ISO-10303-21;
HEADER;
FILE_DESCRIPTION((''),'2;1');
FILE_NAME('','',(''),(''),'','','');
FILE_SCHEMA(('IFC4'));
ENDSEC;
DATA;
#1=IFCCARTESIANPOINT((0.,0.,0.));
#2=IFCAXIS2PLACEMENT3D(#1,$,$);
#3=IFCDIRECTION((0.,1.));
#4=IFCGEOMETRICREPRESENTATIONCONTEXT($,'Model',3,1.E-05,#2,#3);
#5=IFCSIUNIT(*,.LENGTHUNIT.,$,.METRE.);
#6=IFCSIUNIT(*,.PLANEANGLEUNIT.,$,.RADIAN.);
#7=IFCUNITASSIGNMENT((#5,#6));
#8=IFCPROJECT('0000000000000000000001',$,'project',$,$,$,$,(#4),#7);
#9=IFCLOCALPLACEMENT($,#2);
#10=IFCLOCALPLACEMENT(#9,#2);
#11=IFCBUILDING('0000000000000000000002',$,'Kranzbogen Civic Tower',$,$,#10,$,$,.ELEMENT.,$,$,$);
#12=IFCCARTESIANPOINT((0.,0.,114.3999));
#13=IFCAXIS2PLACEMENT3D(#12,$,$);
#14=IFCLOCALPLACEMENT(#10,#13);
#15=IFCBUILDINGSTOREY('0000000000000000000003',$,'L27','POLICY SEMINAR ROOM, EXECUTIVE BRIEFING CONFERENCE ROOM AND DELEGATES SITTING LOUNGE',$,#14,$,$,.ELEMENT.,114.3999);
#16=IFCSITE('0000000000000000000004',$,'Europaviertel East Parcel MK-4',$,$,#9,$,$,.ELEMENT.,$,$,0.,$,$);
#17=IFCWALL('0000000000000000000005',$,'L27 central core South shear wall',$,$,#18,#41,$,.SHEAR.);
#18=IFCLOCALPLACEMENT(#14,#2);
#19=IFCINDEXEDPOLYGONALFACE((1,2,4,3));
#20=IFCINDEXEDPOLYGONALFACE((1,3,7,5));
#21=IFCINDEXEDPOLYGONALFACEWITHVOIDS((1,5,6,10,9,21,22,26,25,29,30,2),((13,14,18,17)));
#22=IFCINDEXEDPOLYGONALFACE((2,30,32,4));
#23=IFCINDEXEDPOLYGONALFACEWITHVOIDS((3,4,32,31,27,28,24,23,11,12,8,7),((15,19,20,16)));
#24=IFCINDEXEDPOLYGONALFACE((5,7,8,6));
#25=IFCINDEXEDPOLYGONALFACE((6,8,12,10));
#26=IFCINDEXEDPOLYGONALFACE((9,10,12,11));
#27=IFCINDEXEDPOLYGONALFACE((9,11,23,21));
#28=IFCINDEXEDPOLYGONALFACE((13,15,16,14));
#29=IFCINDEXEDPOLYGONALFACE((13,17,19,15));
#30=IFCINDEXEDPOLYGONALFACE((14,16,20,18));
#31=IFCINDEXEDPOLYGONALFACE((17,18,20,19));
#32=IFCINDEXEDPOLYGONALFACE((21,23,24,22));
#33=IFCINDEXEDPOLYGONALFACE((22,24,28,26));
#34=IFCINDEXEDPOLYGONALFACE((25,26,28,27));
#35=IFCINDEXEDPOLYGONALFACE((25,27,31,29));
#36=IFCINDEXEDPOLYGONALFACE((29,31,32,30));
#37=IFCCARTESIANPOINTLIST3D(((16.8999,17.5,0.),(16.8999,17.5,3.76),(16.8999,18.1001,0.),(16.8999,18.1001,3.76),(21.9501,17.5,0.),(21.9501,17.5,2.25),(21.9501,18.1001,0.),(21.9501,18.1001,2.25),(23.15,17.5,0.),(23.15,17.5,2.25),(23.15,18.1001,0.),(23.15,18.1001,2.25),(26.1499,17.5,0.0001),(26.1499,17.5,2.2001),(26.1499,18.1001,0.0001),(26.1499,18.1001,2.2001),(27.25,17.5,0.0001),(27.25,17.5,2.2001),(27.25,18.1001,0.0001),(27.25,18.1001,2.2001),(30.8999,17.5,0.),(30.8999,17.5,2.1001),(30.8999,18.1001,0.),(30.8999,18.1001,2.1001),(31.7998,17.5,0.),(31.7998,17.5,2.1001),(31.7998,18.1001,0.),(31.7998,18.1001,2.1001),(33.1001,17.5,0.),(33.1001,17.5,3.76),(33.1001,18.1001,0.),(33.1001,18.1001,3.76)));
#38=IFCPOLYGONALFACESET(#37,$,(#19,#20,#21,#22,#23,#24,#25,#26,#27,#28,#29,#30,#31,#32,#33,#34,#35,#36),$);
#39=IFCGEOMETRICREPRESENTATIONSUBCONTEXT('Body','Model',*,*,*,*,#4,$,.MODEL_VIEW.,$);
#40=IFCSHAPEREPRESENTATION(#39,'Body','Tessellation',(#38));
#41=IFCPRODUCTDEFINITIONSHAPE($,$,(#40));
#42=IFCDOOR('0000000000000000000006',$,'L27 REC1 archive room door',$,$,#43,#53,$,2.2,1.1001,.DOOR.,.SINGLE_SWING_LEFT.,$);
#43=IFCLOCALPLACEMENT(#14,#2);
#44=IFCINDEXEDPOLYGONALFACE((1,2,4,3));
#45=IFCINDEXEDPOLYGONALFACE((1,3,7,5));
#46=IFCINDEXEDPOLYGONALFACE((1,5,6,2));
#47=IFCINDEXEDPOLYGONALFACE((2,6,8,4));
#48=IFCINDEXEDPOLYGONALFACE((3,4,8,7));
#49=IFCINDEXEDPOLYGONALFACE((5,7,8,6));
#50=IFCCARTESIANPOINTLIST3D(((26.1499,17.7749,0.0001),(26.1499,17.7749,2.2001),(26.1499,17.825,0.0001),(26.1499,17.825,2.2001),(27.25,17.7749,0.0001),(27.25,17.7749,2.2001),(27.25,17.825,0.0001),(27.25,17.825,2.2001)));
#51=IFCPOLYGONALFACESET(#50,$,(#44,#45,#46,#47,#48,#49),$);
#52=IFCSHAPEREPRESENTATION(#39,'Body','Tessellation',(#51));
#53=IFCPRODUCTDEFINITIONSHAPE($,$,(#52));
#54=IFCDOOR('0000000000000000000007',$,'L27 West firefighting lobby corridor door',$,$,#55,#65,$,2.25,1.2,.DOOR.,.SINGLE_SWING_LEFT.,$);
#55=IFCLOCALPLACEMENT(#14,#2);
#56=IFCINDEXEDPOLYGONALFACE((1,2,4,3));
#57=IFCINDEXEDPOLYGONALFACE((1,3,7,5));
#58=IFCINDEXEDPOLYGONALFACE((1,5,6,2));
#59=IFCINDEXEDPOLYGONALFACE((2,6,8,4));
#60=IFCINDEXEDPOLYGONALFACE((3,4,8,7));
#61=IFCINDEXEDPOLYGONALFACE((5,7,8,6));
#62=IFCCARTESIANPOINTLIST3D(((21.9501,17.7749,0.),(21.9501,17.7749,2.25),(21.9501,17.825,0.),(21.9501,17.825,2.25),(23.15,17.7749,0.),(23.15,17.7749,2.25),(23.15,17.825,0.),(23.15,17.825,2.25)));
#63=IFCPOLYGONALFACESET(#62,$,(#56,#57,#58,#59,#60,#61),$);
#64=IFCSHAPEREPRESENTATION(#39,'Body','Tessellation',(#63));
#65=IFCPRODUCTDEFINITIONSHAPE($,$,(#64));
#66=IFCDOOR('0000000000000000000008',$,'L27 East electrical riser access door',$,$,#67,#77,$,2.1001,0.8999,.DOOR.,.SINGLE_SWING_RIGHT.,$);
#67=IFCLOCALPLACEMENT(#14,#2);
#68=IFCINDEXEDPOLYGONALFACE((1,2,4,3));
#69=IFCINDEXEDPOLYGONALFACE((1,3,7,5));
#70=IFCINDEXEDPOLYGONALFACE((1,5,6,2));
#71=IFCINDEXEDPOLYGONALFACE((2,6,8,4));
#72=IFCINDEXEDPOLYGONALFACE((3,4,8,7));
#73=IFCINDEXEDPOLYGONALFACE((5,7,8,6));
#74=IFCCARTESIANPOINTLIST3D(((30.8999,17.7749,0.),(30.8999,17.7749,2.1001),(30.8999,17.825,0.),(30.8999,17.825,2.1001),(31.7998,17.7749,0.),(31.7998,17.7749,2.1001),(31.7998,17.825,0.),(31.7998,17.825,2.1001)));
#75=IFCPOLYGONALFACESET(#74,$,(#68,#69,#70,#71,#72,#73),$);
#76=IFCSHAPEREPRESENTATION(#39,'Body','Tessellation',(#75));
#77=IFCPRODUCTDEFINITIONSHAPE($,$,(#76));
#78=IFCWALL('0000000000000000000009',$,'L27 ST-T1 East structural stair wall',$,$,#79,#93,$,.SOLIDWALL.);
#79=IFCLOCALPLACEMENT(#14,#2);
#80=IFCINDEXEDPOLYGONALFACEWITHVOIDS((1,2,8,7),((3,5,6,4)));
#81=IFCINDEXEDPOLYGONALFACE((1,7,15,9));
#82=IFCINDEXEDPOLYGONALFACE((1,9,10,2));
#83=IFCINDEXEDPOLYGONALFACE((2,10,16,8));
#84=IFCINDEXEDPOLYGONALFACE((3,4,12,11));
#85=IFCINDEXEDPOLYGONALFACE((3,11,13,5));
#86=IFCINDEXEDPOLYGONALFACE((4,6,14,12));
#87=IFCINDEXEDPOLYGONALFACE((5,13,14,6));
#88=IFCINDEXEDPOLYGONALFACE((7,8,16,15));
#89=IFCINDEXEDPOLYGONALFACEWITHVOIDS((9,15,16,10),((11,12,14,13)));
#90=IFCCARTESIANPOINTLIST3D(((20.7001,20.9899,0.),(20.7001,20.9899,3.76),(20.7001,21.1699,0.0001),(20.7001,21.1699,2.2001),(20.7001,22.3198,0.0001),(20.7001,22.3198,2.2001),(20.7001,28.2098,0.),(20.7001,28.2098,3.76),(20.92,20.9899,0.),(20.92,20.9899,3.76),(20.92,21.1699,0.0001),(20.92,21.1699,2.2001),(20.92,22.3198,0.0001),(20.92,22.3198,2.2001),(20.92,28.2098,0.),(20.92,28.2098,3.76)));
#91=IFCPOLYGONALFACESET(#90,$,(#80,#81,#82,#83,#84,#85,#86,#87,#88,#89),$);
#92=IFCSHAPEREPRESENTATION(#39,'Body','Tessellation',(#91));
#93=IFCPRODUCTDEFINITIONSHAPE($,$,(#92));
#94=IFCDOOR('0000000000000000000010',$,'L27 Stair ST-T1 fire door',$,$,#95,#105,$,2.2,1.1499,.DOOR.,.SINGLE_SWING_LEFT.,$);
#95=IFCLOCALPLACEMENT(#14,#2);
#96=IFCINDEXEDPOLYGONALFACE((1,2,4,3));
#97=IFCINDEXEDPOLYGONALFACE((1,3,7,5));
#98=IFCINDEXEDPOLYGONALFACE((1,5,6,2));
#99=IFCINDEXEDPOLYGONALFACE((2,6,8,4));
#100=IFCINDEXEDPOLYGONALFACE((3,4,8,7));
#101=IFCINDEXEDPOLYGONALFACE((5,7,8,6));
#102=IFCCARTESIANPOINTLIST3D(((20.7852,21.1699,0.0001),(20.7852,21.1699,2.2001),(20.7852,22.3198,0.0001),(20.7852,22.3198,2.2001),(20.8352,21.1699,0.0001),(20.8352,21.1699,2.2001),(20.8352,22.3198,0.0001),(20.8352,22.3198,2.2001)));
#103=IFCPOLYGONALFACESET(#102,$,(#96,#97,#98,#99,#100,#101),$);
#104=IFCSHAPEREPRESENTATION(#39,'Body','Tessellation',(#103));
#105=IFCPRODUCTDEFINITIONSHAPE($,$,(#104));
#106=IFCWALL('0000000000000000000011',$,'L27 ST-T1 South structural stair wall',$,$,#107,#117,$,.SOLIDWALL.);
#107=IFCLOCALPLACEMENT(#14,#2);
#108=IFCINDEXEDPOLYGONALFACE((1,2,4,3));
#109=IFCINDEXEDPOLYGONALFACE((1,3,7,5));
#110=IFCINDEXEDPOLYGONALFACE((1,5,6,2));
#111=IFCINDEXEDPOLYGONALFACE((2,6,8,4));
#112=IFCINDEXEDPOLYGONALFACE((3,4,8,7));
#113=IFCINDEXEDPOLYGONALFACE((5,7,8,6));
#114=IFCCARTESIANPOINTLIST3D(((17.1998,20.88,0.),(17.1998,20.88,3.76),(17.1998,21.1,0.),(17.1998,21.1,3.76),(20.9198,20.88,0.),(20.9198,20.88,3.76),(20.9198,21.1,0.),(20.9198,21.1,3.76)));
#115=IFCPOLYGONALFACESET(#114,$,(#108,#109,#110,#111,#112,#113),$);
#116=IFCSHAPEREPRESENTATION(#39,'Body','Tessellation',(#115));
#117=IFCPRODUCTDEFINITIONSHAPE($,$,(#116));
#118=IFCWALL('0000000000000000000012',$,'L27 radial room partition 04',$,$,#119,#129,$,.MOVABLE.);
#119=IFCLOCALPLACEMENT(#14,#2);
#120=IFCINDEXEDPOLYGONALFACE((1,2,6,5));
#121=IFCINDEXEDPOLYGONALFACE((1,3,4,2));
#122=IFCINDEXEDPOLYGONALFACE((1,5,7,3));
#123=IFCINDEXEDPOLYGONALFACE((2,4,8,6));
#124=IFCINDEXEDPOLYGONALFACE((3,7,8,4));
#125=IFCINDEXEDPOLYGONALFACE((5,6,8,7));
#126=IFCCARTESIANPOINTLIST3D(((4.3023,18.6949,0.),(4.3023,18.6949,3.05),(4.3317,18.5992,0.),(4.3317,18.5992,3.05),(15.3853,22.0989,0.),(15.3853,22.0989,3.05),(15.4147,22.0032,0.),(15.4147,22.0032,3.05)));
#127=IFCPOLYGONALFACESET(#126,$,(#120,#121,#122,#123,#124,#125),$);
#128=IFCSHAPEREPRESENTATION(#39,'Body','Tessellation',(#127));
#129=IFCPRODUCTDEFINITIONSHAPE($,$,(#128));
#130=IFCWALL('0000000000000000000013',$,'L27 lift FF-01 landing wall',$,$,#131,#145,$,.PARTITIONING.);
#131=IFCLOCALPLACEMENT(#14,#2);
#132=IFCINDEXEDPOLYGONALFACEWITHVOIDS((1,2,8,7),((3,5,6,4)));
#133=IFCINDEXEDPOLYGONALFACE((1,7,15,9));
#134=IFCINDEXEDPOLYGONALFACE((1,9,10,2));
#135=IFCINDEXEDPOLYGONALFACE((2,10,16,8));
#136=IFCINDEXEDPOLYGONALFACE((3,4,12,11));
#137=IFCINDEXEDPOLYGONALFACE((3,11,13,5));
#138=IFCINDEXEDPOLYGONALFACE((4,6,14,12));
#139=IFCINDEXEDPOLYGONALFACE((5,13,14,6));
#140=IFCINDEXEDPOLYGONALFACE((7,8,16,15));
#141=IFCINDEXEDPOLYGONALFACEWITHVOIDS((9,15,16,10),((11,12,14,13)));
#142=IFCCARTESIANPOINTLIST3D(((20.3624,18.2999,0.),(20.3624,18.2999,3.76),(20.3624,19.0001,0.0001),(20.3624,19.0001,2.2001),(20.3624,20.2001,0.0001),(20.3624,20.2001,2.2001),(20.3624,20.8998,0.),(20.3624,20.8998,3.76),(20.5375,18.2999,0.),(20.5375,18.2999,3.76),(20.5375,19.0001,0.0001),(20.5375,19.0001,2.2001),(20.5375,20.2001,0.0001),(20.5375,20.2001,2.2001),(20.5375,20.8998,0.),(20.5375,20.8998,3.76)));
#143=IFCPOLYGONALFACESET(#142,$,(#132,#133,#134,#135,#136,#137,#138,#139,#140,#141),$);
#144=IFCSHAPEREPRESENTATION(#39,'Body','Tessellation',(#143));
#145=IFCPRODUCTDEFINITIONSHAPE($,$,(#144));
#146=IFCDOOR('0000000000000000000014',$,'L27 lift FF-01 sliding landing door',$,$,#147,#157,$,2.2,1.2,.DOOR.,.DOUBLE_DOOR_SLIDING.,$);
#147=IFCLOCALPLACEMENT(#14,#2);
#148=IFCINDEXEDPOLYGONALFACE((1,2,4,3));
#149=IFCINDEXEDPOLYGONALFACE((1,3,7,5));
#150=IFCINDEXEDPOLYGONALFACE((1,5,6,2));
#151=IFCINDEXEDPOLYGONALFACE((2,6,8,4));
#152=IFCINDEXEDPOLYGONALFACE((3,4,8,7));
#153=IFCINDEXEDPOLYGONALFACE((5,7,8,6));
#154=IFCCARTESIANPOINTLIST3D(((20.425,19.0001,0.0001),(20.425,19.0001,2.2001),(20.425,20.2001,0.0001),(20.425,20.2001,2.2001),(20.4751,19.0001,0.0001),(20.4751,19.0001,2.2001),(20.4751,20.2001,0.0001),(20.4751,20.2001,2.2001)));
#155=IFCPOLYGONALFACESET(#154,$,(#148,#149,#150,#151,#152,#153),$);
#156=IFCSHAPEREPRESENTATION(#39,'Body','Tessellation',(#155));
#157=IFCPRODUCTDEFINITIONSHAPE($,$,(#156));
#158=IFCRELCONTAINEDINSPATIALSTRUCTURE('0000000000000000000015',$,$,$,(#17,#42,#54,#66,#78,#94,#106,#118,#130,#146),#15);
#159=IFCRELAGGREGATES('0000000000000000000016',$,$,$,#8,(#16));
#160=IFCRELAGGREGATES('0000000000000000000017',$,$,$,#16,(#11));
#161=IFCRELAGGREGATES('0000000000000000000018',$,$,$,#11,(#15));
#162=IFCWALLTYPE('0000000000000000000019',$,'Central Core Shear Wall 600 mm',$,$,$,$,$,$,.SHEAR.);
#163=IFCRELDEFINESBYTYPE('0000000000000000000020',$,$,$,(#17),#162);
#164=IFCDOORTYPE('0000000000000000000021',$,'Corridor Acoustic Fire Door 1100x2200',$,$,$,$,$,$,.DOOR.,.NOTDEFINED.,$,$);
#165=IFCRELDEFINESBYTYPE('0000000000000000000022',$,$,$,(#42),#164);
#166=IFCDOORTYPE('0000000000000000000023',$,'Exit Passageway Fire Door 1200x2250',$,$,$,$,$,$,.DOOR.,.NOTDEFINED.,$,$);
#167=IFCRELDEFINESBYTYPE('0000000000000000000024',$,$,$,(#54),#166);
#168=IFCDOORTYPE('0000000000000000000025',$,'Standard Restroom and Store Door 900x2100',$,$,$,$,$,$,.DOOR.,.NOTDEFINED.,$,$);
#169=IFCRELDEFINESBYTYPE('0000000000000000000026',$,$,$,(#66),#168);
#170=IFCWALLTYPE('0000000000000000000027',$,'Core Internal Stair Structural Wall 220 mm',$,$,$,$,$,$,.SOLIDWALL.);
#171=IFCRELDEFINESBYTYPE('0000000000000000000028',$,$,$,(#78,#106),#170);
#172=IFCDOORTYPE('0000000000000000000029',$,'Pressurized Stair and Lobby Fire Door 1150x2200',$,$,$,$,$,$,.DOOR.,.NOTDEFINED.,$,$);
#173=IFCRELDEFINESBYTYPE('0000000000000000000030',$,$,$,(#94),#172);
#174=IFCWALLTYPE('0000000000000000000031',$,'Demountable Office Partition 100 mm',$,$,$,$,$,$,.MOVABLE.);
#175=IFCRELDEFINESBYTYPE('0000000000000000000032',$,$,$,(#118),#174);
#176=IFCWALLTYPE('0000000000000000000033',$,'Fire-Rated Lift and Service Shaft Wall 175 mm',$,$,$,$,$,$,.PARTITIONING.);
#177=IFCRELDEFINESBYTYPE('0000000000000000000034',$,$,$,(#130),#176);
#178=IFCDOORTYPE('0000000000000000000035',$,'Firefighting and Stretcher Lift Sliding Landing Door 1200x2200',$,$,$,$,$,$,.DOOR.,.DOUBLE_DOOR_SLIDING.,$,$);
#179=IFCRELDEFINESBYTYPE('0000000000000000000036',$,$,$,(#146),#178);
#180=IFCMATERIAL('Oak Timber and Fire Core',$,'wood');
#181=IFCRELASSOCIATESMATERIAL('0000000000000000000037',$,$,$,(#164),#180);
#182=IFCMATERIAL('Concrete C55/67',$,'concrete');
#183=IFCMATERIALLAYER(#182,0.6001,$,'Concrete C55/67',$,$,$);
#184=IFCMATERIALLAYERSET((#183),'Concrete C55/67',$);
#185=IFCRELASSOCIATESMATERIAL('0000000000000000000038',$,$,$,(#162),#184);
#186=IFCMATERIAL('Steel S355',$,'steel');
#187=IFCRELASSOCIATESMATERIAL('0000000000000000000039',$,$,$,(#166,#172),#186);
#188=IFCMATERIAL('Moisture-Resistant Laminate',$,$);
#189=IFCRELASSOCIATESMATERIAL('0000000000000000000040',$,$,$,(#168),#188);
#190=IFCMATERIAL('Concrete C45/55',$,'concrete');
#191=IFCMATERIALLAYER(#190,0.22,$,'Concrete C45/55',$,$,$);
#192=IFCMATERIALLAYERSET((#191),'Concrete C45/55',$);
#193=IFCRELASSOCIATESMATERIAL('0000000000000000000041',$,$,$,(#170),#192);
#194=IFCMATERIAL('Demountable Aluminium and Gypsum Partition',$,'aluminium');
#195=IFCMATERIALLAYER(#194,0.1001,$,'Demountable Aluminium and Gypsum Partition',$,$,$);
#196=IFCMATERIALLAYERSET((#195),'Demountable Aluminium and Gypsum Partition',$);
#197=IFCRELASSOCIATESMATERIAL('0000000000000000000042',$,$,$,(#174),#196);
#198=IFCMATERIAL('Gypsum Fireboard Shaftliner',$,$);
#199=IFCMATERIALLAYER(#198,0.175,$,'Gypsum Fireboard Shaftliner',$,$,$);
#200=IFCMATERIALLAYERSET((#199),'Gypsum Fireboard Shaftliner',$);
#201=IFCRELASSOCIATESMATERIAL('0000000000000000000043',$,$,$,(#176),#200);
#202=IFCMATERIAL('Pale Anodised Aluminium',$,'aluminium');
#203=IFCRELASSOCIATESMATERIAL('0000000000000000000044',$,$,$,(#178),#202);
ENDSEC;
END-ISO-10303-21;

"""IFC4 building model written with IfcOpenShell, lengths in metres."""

from ifc_helpers import new_model, si_unit, direction, frame, frame_2d, origin, place, context, subcontext, project, spatial, rectangle, extrude, material, layer, layer_set, type_object, element, fill, save


model = new_model("IFC4")

# Units and contexts
model_context = context("Model", 3, precision=1e-05, world=origin(), true_north=direction((0.0, 1.0)))
body_context = subcontext(model_context, "Body", "Model", "MODEL_VIEW")
ifc_project = project(units=[si_unit("LENGTHUNIT", "METRE"), si_unit("PLANEANGLEUNIT", "RADIAN")], contexts=[model_context])

# Site, building, storey
site_placement = place(None, origin())
site = spatial("IfcSite", under=ifc_project, at=site_placement, Name="Europaviertel East Parcel MK-4", CompositionType="ELEMENT", RefElevation=0.0)
building_placement = place(site_placement, origin())
building = spatial("IfcBuilding", under=site, at=building_placement, Name="Kranzbogen Civic Tower", CompositionType="ELEMENT")
storey_placement = place(building_placement, frame((0.0, 0.0, 114.3999)))
storey = spatial("IfcBuildingStorey", under=building, at=storey_placement, Name="L27", Description="POLICY SEMINAR ROOM, EXECUTIVE BRIEFING CONFERENCE ROOM AND DELEGATES SITTING LOUNGE", CompositionType="ELEMENT", Elevation=114.3999)

# Shared definitions
ifc_material_1 = material(Name="Steel S355", Category="steel")

# Shared definitions
ifc_material_2 = material(Name="Oak Timber and Fire Core", Category="wood")
door_type_1 = type_object("IfcDoorType", Name="Corridor Acoustic Fire Door 1100x2200", OperationType="NOTDEFINED", PredefinedType="DOOR", material=ifc_material_2)

# Wall, openings, doors
ifc_material_3 = material(Name="Concrete C55/67", Category="concrete")
ifc_layer_1 = layer(ifc_material_3, 0.6001, Name="Concrete C55/67")
ifc_layer_set_1 = layer_set([ifc_layer_1], Name="Concrete C55/67")
wall_type_1 = type_object("IfcWallType", Name="Central Core Shear Wall 600 mm", PredefinedType="SHEAR", material=ifc_layer_set_1)
wall_1_placement = place(storey_placement, frame((16.8999, 17.8, 0.0), z_axis=(0.0, 0.0, 1.0), x_axis=(1.0, 0.0, 0.0)))
wall_1 = element("IfcWall", 1, at=wall_1_placement, inside=storey, type_object=wall_type_1, Name="L27 central core South shear wall", PredefinedType="SHEAR", context=body_context, shape_type="SweptSolid", body=[
    extrude(rectangle(XDim=16.2002, YDim=0.6001, at=frame_2d((8.1001, 0.0))), origin(), (0.0, 0.0, 1.0), 3.76),
])
opening_1_placement = place(wall_1_placement, frame((5.05, 0.0, 0.0)))
opening_1 = element("IfcOpeningElement", 2, at=opening_1_placement, cuts=wall_1, PredefinedType="OPENING", context=body_context, shape_type="SweptSolid", body=[
    extrude(rectangle(XDim=1.2, YDim=2.25, at=frame_2d((0.6001, 1.125))), frame((0.0, 0.3101, 0.0), z_axis=(0.0, -1.0, 0.0), x_axis=(1.0, 0.0, 0.0)), (0.0, 0.0, 1.0), 0.6201),
])
opening_2_placement = place(wall_1_placement, frame((14.0, 0.0, 0.0)))
opening_2 = element("IfcOpeningElement", 3, at=opening_2_placement, cuts=wall_1, PredefinedType="OPENING", context=body_context, shape_type="SweptSolid", body=[
    extrude(rectangle(XDim=0.8999, YDim=2.1001, at=frame_2d((0.45, 1.05))), frame((0.0, 0.3101, 0.0), z_axis=(0.0, -1.0, 0.0), x_axis=(1.0, 0.0, 0.0)), (0.0, 0.0, 1.0), 0.6201),
])
opening_3_placement = place(wall_1_placement, frame((9.25, 0.0, 0.0)))
opening_3 = element("IfcOpeningElement", 4, at=opening_3_placement, cuts=wall_1, PredefinedType="OPENING", context=body_context, shape_type="SweptSolid", body=[
    extrude(rectangle(XDim=1.1001, YDim=2.2, at=frame_2d((0.55, 1.1001))), frame((0.0, 0.3101, 0.0), z_axis=(0.0, -1.0, 0.0), x_axis=(1.0, 0.0, 0.0)), (0.0, 0.0, 1.0), 0.6201),
])
door_1_placement = place(opening_3_placement, origin())
door_1 = element("IfcDoor", 5, at=door_1_placement, inside=storey, type_object=door_type_1, Name="L27 REC1 archive room door", OperationType="SINGLE_SWING_LEFT", OverallHeight=2.2, OverallWidth=1.1001, PredefinedType="DOOR", context=body_context, shape_type="SweptSolid", body=[
    extrude(rectangle(XDim=1.1001, YDim=2.2, at=frame_2d((0.55, 1.1001))), frame((0.0, 0.0249, 0.0), z_axis=(0.0, -1.0, 0.0), x_axis=(1.0, 0.0, 0.0)), (0.0, 0.0, 1.0), 0.05),
])
fill(opening_3, door_1)
door_type_2 = type_object("IfcDoorType", Name="Exit Passageway Fire Door 1200x2250", OperationType="NOTDEFINED", PredefinedType="DOOR", material=ifc_material_1)
door_2_placement = place(opening_1_placement, origin())
door_2 = element("IfcDoor", 6, at=door_2_placement, inside=storey, type_object=door_type_2, Name="L27 West firefighting lobby corridor door", OperationType="SINGLE_SWING_LEFT", OverallHeight=2.25, OverallWidth=1.2, PredefinedType="DOOR", context=body_context, shape_type="SweptSolid", body=[
    extrude(rectangle(XDim=1.2, YDim=2.25, at=frame_2d((0.6001, 1.125))), frame((0.0, 0.0249, 0.0), z_axis=(0.0, -1.0, 0.0), x_axis=(1.0, 0.0, 0.0)), (0.0, 0.0, 1.0), 0.05),
])
fill(opening_1, door_2)
ifc_material_4 = material(Name="Moisture-Resistant Laminate")
door_type_3 = type_object("IfcDoorType", Name="Standard Restroom and Store Door 900x2100", OperationType="NOTDEFINED", PredefinedType="DOOR", material=ifc_material_4)
door_3_placement = place(opening_2_placement, origin())
door_3 = element("IfcDoor", 7, at=door_3_placement, inside=storey, type_object=door_type_3, Name="L27 East electrical riser access door", OperationType="SINGLE_SWING_RIGHT", OverallHeight=2.1001, OverallWidth=0.8999, PredefinedType="DOOR", context=body_context, shape_type="SweptSolid", body=[
    extrude(rectangle(XDim=0.8999, YDim=2.1001, at=frame_2d((0.45, 1.05))), frame((0.0, 0.0249, 0.0), z_axis=(0.0, -1.0, 0.0), x_axis=(1.0, 0.0, 0.0)), (0.0, 0.0, 1.0), 0.05),
])
fill(opening_2, door_3)

# Wall, opening, door
ifc_material_5 = material(Name="Concrete C45/55", Category="concrete")
ifc_layer_2 = layer(ifc_material_5, 0.22, Name="Concrete C45/55")
ifc_layer_set_2 = layer_set([ifc_layer_2], Name="Concrete C45/55")
wall_type_2 = type_object("IfcWallType", Name="Core Internal Stair Structural Wall 220 mm", PredefinedType="SOLIDWALL", material=ifc_layer_set_2)
wall_2_placement = place(storey_placement, frame((20.8101, 20.99, 0.0), z_axis=(0.0, 0.0, 1.0), x_axis=(0.0, 1.0, 0.0)))
wall_2 = element("IfcWall", 8, at=wall_2_placement, inside=storey, type_object=wall_type_2, Name="L27 ST-T1 East structural stair wall", PredefinedType="SOLIDWALL", context=body_context, shape_type="SweptSolid", body=[
    extrude(rectangle(XDim=7.22, YDim=0.22, at=frame_2d((3.6099, 0.0))), origin(), (0.0, 0.0, 1.0), 3.76),
])
opening_4_placement = place(wall_2_placement, frame((0.1799, 0.0, 0.0)))
opening_4 = element("IfcOpeningElement", 9, at=opening_4_placement, cuts=wall_2, PredefinedType="OPENING", context=body_context, shape_type="SweptSolid", body=[
    extrude(rectangle(XDim=1.1499, YDim=2.2, at=frame_2d((0.575, 1.1001))), frame((0.0, 0.1201, 0.0), z_axis=(0.0, -1.0, 0.0), x_axis=(1.0, 0.0, 0.0)), (0.0, 0.0, 1.0), 0.24),
])
door_type_4 = type_object("IfcDoorType", Name="Pressurized Stair and Lobby Fire Door 1150x2200", OperationType="NOTDEFINED", PredefinedType="DOOR", material=ifc_material_1)
door_4_placement = place(opening_4_placement, origin())
door_4 = element("IfcDoor", 10, at=door_4_placement, inside=storey, type_object=door_type_4, Name="L27 Stair ST-T1 fire door", OperationType="SINGLE_SWING_LEFT", OverallHeight=2.2, OverallWidth=1.1499, PredefinedType="DOOR", context=body_context, shape_type="SweptSolid", body=[
    extrude(rectangle(XDim=1.1499, YDim=2.2, at=frame_2d((0.575, 1.1001))), frame((0.0, 0.0249, 0.0), z_axis=(0.0, -1.0, 0.0), x_axis=(1.0, 0.0, 0.0)), (0.0, 0.0, 1.0), 0.05),
])
fill(opening_4, door_4)

# Walls
wall_3_placement = place(storey_placement, frame((17.2, 20.99, 0.0), z_axis=(0.0, 0.0, 1.0), x_axis=(1.0, 0.0, 0.0)))
element("IfcWall", 11, at=wall_3_placement, inside=storey, type_object=wall_type_2, Name="L27 ST-T1 South structural stair wall", PredefinedType="SOLIDWALL", context=body_context, shape_type="SweptSolid", body=[
    extrude(rectangle(XDim=3.72, YDim=0.22, at=frame_2d((1.8599, 0.0))), origin(), (0.0, 0.0, 1.0), 3.76),
])
ifc_material_6 = material(Name="Demountable Aluminium and Gypsum Partition", Category="aluminium")
ifc_layer_3 = layer(ifc_material_6, 0.1001, Name="Demountable Aluminium and Gypsum Partition")
ifc_layer_set_3 = layer_set([ifc_layer_3], Name="Demountable Aluminium and Gypsum Partition")
wall_type_3 = type_object("IfcWallType", Name="Demountable Office Partition 100 mm", PredefinedType="MOVABLE", material=ifc_layer_set_3)
wall_4_placement = place(storey_placement, frame((15.3999, 22.051, 0.0), z_axis=(0.0, 0.0, 1.0), x_axis=(-0.955927, -0.293605, 0.0)))
element("IfcWall", 12, at=wall_4_placement, inside=storey, type_object=wall_type_3, Name="L27 radial room partition 04", PredefinedType="MOVABLE", context=body_context, shape_type="SweptSolid", body=[
    extrude(rectangle(XDim=11.594, YDim=0.1001, at=frame_2d((5.7969, 0.0))), origin(), (0.0, 0.0, 1.0), 3.05),
])

# Wall, opening, door
ifc_material_7 = material(Name="Gypsum Fireboard Shaftliner")
ifc_layer_4 = layer(ifc_material_7, 0.175, Name="Gypsum Fireboard Shaftliner")
ifc_layer_set_4 = layer_set([ifc_layer_4], Name="Gypsum Fireboard Shaftliner")
wall_type_4 = type_object("IfcWallType", Name="Fire-Rated Lift and Service Shaft Wall 175 mm", PredefinedType="PARTITIONING", material=ifc_layer_set_4)
wall_5_placement = place(storey_placement, frame((20.45, 18.3, 0.0), z_axis=(0.0, 0.0, 1.0), x_axis=(0.0, 1.0, 0.0)))
wall_5 = element("IfcWall", 13, at=wall_5_placement, inside=storey, type_object=wall_type_4, Name="L27 lift FF-01 landing wall", PredefinedType="PARTITIONING", context=body_context, shape_type="SweptSolid", body=[
    extrude(rectangle(XDim=2.5999, YDim=0.175, at=frame_2d((1.2998, 0.0))), origin(), (0.0, 0.0, 1.0), 3.76),
])
opening_5_placement = place(wall_5_placement, frame((0.7, 0.0, 0.0)))
opening_5 = element("IfcOpeningElement", 14, at=opening_5_placement, cuts=wall_5, PredefinedType="OPENING", context=body_context, shape_type="SweptSolid", body=[
    extrude(rectangle(XDim=1.2, YDim=2.2, at=frame_2d((0.6001, 1.1001))), frame((0.0, 0.0977, 0.0), z_axis=(0.0, -1.0, 0.0), x_axis=(1.0, 0.0, 0.0)), (0.0, 0.0, 1.0), 0.1951),
])
ifc_material_8 = material(Name="Pale Anodised Aluminium", Category="aluminium")
door_type_5 = type_object("IfcDoorType", Name="Firefighting and Stretcher Lift Sliding Landing Door 1200x2200", OperationType="DOUBLE_DOOR_SLIDING", PredefinedType="DOOR", material=ifc_material_8)
door_5_placement = place(opening_5_placement, origin())
door_5 = element("IfcDoor", 15, at=door_5_placement, inside=storey, type_object=door_type_5, Name="L27 lift FF-01 sliding landing door", OperationType="DOUBLE_DOOR_SLIDING", OverallHeight=2.2, OverallWidth=1.2, PredefinedType="DOOR", context=body_context, shape_type="SweptSolid", body=[
    extrude(rectangle(XDim=1.2, YDim=2.2, at=frame_2d((0.6001, 1.1001))), frame((0.0, 0.0249, 0.0), z_axis=(0.0, -1.0, 0.0), x_axis=(1.0, 0.0, 0.0)), (0.0, 0.0, 1.0), 0.05),
])
fill(opening_5, door_5)

save(model, "model.ifc")
